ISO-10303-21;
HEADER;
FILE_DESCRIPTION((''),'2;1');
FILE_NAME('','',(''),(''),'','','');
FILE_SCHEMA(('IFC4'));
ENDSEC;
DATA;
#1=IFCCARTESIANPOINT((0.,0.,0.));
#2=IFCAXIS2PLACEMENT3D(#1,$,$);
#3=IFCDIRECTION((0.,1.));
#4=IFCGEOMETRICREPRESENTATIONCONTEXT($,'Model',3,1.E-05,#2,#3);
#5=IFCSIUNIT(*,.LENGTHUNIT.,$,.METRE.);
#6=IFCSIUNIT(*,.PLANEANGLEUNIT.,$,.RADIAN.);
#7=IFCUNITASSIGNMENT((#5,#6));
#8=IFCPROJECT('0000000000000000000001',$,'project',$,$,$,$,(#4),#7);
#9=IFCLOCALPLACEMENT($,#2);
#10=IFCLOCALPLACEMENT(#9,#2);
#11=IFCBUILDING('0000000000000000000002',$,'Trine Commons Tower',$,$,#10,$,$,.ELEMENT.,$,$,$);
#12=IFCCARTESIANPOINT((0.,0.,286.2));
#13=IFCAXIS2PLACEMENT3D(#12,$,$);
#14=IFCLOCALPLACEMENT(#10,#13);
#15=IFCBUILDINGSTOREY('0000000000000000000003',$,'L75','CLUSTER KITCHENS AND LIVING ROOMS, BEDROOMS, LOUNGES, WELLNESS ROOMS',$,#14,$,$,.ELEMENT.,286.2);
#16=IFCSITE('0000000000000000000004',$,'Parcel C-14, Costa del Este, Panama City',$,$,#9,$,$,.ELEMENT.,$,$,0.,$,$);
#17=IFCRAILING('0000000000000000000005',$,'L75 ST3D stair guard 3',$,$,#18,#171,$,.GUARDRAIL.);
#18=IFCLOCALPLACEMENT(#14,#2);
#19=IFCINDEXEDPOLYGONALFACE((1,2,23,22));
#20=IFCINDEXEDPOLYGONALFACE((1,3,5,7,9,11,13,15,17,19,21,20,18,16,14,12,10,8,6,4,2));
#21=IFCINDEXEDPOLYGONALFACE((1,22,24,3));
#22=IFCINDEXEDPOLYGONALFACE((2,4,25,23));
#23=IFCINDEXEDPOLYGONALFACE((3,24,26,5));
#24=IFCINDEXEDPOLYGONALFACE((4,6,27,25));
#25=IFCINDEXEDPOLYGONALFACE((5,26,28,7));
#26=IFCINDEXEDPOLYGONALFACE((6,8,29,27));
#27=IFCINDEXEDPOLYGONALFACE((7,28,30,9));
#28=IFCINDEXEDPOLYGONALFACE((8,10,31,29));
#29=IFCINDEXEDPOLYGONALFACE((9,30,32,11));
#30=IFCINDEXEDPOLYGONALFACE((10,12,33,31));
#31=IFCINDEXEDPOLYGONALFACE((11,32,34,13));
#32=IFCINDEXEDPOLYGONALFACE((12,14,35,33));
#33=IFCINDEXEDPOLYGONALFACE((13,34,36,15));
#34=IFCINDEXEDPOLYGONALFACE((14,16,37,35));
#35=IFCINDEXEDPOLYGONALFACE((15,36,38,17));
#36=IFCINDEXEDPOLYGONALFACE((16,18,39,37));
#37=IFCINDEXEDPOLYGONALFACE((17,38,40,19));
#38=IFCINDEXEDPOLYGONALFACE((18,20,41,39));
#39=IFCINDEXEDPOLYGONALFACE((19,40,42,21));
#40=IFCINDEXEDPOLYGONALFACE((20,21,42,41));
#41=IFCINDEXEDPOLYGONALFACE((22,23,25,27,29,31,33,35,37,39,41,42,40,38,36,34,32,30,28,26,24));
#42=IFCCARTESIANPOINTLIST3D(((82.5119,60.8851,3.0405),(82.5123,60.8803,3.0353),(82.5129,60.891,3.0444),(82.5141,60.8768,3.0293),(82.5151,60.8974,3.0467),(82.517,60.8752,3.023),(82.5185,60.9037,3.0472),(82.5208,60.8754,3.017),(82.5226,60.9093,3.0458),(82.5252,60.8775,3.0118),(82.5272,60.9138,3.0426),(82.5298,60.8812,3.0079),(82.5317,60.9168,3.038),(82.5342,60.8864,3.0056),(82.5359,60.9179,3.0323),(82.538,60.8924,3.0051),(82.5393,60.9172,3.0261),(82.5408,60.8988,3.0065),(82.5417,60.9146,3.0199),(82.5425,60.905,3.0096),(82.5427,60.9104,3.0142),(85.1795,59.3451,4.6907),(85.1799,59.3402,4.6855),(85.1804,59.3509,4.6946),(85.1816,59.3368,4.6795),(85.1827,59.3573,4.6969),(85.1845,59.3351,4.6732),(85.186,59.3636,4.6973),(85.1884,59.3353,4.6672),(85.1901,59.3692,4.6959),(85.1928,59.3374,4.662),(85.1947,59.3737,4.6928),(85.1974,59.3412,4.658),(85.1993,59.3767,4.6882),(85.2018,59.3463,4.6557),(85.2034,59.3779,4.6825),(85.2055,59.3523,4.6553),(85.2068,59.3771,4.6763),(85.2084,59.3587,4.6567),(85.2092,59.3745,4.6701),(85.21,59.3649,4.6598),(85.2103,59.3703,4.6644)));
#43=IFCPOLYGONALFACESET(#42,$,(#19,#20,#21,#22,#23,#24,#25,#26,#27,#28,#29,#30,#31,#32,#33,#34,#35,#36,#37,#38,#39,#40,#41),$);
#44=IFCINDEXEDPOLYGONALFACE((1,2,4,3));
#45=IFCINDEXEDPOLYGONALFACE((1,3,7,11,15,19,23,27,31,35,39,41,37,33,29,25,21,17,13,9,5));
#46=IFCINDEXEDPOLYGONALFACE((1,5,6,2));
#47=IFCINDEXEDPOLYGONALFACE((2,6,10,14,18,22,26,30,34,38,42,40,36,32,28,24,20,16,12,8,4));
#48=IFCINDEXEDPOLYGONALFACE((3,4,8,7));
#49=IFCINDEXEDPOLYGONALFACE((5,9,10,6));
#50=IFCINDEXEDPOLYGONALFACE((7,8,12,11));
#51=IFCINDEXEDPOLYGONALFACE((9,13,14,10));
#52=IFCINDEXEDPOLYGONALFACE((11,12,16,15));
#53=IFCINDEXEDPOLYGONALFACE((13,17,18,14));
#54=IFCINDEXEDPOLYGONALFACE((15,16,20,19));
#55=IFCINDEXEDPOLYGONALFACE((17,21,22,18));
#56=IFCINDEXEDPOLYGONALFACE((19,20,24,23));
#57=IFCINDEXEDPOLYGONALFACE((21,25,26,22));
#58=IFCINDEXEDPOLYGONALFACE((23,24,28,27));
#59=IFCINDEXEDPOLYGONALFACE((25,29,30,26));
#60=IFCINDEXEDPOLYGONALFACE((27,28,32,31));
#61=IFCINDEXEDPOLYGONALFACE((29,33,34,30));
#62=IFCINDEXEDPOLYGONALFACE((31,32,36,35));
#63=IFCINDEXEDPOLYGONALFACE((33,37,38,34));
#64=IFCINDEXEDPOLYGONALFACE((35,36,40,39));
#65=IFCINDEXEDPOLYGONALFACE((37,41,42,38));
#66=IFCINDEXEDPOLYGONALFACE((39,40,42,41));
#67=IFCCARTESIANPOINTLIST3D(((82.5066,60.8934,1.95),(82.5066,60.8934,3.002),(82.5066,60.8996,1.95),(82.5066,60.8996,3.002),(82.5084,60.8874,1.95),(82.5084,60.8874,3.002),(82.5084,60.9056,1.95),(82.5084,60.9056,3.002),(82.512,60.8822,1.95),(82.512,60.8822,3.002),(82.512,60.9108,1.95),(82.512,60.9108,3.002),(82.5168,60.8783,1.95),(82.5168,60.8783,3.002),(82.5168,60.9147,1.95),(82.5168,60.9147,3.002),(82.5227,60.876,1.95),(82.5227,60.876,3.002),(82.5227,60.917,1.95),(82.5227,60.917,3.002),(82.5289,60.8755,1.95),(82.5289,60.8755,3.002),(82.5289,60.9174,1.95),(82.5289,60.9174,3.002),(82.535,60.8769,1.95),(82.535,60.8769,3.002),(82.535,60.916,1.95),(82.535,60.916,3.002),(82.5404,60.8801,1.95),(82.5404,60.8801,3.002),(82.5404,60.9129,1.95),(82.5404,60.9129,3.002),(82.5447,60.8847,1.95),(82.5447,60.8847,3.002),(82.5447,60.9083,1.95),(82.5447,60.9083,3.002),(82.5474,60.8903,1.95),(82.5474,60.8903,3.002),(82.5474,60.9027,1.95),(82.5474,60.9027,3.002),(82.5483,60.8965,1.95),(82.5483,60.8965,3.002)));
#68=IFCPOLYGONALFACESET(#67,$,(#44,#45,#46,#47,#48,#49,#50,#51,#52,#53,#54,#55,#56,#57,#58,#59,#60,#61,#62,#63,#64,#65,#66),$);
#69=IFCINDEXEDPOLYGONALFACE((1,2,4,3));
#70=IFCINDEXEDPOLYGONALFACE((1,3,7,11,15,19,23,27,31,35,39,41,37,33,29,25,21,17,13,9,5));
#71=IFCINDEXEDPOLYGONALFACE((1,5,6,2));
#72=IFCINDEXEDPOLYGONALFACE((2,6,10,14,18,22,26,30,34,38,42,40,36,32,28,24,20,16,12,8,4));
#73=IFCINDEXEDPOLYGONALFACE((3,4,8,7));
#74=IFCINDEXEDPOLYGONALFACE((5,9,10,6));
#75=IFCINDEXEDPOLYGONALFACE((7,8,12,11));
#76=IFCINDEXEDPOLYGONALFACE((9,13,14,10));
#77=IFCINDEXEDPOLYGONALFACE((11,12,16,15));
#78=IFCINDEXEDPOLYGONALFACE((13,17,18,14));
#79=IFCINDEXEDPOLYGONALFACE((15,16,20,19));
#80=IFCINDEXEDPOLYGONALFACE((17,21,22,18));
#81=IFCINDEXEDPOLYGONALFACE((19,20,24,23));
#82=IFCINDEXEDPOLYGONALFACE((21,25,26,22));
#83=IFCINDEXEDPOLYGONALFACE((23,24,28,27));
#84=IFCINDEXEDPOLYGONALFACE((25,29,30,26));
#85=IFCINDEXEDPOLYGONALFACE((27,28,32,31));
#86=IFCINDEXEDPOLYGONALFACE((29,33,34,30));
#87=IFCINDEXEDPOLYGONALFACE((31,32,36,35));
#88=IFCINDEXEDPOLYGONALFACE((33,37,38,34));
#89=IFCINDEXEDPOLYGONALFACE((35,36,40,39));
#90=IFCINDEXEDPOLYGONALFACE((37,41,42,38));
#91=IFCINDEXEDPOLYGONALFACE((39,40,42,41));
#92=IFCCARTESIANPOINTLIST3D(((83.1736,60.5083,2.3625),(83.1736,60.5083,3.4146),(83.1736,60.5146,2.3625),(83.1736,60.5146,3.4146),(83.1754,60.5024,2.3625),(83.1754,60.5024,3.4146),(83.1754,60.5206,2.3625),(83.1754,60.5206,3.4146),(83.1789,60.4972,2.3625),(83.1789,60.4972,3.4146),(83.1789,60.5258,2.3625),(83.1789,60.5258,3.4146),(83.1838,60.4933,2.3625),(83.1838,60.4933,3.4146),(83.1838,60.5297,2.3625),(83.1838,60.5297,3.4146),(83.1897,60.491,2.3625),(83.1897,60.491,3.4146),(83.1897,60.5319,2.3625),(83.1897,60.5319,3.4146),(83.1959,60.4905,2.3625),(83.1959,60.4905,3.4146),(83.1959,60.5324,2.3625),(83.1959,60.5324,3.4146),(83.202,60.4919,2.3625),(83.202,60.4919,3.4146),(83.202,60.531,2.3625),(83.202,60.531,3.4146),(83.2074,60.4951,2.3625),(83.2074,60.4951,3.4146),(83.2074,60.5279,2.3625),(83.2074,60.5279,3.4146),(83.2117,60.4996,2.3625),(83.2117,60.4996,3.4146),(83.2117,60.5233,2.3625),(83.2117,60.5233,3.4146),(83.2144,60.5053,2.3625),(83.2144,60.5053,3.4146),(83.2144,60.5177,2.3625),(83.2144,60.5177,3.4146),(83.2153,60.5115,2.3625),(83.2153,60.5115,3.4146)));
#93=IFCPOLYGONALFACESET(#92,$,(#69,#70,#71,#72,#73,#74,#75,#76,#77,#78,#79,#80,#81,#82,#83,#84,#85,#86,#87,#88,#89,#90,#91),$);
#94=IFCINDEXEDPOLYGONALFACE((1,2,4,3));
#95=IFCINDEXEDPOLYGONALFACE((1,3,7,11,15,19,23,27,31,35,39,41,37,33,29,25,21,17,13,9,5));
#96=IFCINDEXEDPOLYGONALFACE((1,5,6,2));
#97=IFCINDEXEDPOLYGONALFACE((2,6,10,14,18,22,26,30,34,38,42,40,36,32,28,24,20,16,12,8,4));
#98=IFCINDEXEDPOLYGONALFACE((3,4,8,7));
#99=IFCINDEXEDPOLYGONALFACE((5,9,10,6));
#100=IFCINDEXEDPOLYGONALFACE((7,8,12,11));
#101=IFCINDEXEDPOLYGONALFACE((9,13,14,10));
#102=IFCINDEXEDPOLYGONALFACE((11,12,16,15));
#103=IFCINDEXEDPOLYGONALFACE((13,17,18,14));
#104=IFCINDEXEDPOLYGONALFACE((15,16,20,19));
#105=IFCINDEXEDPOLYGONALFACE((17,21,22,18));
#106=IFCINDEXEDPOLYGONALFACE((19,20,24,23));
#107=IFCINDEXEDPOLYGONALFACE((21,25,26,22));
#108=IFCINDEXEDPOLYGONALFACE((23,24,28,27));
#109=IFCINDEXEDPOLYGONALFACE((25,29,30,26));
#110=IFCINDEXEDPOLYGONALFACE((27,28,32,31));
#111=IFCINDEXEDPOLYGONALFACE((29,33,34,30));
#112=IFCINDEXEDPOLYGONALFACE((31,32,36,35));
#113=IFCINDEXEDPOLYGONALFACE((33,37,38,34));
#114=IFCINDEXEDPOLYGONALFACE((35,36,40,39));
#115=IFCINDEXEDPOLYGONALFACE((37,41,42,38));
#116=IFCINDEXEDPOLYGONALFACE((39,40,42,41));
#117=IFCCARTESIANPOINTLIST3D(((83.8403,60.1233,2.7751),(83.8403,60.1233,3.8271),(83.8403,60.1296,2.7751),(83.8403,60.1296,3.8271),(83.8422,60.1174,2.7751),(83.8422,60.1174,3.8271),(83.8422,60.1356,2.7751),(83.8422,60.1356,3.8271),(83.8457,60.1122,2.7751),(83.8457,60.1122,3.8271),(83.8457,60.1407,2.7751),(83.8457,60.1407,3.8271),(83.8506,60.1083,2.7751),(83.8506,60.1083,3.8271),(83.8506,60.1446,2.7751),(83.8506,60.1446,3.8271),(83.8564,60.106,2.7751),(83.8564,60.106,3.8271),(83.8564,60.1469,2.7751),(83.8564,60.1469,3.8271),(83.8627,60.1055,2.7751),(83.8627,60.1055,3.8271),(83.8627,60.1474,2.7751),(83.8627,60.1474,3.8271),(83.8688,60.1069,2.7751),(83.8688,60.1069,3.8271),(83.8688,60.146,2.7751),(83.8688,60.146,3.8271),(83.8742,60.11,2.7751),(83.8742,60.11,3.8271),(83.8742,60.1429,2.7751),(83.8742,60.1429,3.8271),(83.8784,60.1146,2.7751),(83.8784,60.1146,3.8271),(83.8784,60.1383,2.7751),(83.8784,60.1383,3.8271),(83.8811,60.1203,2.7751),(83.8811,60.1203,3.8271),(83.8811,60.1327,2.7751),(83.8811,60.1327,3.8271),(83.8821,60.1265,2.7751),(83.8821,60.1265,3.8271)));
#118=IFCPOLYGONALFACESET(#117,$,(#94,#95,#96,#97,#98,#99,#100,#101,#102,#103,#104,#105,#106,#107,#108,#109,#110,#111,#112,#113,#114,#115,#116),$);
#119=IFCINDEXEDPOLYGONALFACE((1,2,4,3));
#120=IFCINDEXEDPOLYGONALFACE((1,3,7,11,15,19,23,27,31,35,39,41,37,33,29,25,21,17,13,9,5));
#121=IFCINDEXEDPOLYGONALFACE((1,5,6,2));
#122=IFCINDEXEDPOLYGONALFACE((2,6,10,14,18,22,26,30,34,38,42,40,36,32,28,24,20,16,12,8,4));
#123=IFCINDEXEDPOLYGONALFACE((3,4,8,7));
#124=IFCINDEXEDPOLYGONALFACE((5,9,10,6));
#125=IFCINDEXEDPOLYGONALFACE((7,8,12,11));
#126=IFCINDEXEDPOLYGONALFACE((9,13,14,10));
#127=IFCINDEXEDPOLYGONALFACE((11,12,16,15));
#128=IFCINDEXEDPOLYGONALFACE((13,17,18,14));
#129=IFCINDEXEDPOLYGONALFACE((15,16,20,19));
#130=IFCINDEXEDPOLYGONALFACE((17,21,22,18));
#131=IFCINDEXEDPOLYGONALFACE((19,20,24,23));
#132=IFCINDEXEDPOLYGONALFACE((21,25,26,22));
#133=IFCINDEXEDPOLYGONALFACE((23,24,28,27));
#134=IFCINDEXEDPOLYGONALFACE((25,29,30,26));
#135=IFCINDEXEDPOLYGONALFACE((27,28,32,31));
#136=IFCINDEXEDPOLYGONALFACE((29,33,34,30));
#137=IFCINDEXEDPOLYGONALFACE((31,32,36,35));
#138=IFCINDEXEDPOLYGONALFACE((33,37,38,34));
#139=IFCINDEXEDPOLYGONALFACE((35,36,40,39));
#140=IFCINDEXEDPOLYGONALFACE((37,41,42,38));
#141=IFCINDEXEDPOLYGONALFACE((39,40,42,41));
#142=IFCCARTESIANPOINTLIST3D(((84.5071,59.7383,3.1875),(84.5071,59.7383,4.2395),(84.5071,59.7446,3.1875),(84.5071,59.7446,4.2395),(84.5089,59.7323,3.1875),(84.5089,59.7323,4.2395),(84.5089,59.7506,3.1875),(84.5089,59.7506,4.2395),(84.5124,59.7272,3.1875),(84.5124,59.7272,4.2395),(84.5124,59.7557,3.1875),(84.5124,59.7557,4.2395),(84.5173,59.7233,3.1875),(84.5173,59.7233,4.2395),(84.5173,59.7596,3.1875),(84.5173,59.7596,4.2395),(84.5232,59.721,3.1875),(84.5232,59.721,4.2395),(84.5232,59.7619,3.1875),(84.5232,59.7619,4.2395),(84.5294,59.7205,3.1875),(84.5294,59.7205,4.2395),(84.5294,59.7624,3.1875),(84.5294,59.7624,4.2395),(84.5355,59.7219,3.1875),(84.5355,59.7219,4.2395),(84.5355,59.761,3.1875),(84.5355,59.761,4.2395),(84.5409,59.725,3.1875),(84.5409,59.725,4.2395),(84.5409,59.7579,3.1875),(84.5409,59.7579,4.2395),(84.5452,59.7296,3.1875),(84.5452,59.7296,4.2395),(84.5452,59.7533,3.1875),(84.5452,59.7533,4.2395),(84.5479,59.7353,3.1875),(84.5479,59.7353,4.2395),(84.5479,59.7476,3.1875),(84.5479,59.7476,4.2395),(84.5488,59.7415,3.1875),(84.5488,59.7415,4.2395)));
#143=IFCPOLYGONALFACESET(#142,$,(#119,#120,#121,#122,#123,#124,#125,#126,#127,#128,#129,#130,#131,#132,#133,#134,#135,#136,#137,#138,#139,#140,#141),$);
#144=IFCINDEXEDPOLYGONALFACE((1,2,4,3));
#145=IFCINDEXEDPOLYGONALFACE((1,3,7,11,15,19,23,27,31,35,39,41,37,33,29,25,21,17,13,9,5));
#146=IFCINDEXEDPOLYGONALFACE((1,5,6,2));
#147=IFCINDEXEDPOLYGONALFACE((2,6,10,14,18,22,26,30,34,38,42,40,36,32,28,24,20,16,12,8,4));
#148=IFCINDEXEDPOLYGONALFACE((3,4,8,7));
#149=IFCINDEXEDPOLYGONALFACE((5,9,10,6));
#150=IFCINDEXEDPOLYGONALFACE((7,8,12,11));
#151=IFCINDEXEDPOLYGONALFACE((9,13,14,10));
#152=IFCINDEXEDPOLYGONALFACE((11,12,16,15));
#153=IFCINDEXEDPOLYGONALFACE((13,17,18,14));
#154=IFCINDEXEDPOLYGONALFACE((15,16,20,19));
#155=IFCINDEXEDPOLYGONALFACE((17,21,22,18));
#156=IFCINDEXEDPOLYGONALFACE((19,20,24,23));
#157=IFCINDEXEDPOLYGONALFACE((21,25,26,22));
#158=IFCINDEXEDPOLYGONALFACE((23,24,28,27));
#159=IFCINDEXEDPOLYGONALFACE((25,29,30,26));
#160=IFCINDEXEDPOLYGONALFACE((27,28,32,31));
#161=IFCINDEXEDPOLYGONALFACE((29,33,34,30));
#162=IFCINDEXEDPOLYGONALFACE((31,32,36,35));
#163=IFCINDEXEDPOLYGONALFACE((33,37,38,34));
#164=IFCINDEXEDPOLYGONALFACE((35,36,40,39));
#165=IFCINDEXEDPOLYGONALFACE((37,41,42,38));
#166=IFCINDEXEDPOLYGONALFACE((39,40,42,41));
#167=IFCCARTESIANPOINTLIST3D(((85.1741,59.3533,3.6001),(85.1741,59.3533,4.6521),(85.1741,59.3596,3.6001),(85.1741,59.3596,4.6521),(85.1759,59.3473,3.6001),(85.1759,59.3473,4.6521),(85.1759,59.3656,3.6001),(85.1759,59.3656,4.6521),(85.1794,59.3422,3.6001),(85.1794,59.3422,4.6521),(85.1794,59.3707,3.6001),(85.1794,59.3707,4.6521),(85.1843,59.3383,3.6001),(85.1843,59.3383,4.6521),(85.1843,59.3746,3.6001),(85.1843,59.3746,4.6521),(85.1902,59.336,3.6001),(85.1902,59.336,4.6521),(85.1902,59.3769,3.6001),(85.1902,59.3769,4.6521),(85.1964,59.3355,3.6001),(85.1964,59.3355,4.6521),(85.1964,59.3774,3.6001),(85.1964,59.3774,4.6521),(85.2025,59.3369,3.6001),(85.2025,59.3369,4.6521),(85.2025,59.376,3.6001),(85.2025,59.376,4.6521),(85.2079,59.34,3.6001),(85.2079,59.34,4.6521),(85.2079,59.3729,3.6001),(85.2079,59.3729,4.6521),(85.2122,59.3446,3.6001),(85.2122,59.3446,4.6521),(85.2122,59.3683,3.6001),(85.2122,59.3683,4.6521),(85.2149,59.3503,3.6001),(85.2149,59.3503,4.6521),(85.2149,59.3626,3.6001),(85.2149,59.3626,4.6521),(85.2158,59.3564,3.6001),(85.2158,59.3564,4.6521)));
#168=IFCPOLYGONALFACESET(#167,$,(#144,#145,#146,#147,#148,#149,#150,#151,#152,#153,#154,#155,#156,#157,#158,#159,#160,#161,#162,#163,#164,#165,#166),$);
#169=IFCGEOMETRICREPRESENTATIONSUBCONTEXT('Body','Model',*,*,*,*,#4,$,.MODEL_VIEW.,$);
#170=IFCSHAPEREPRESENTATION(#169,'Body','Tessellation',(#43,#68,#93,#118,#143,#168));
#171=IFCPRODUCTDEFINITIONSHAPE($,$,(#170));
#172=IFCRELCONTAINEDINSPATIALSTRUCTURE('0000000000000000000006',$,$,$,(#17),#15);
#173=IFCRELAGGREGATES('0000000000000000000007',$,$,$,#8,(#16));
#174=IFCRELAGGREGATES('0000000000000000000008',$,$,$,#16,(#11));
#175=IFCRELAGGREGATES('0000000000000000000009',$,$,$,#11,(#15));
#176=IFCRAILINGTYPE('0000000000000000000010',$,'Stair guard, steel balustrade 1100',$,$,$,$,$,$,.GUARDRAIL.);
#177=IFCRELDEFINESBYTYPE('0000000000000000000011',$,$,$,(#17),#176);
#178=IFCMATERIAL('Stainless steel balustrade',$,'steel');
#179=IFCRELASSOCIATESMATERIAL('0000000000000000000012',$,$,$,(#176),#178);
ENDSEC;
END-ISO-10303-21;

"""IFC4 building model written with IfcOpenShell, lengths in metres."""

from ifc_helpers import new_model, si_unit, direction, frame, origin, origin_2d, place, context, subcontext, project, spatial, circle, extrude, material, type_object, element, save


model = new_model("IFC4")

# Units and contexts
model_context = context("Model", 3, precision=1e-05, world=origin(), true_north=direction((0.0, 1.0)))
body_context = subcontext(model_context, "Body", "Model", "MODEL_VIEW")
ifc_project = project(units=[si_unit("LENGTHUNIT", "METRE"), si_unit("PLANEANGLEUNIT", "RADIAN")], contexts=[model_context])

# Site, building, storey
site_placement = place(None, origin())
site = spatial("IfcSite", under=ifc_project, at=site_placement, Name="Parcel C-14, Costa del Este, Panama City", CompositionType="ELEMENT", RefElevation=0.0)
building_placement = place(site_placement, origin())
building = spatial("IfcBuilding", under=site, at=building_placement, Name="Trine Commons Tower", CompositionType="ELEMENT")
storey_placement = place(building_placement, frame((0.0, 0.0, 286.2)))
storey = spatial("IfcBuildingStorey", under=building, at=storey_placement, Name="L75", Description="CLUSTER KITCHENS AND LIVING ROOMS, BEDROOMS, LOUNGES, WELLNESS ROOMS", CompositionType="ELEMENT", Elevation=286.2)

# Railing
ifc_material_1 = material(Name="Stainless steel balustrade", Category="steel")
railing_type_1 = type_object("IfcRailingType", Name="Stair guard, steel balustrade 1100", PredefinedType="GUARDRAIL", material=ifc_material_1)
railing_1_placement = place(storey_placement, frame((82.5273, 60.8965, 1.95)))
element("IfcRailing", 1, at=railing_1_placement, inside=storey, type_object=railing_type_1, Name="L75 ST3D stair guard 3", PredefinedType="GUARDRAIL", context=body_context, shape_type="SweptSolid", body=[
    extrude(circle(Radius=0.0239, at=origin_2d()), frame((0.0, 0.0, 1.0762), z_axis=(0.76338, -0.440728, 0.472239), x_axis=(0.499992, 0.86603, 0.0)), (0.0, 0.0, 1.0), 3.4944),
    extrude(circle(Radius=0.021, at=origin_2d()), origin(), (0.0, 0.0, 1.0), 1.052),
    extrude(circle(Radius=0.021, at=origin_2d()), frame((0.667, -0.385, 0.4126)), (0.0, 0.0, 1.0), 1.052),
    extrude(circle(Radius=0.021, at=origin_2d()), frame((1.3337, -0.77, 0.8252)), (0.0, 0.0, 1.0), 1.052),
    extrude(circle(Radius=0.021, at=origin_2d()), frame((2.0005, -1.155, 1.2375)), (0.0, 0.0, 1.0), 1.052),
    extrude(circle(Radius=0.021, at=origin_2d()), frame((2.6675, -1.54, 1.6501)), (0.0, 0.0, 1.0), 1.052),
])

save(model, "model.ifc")
